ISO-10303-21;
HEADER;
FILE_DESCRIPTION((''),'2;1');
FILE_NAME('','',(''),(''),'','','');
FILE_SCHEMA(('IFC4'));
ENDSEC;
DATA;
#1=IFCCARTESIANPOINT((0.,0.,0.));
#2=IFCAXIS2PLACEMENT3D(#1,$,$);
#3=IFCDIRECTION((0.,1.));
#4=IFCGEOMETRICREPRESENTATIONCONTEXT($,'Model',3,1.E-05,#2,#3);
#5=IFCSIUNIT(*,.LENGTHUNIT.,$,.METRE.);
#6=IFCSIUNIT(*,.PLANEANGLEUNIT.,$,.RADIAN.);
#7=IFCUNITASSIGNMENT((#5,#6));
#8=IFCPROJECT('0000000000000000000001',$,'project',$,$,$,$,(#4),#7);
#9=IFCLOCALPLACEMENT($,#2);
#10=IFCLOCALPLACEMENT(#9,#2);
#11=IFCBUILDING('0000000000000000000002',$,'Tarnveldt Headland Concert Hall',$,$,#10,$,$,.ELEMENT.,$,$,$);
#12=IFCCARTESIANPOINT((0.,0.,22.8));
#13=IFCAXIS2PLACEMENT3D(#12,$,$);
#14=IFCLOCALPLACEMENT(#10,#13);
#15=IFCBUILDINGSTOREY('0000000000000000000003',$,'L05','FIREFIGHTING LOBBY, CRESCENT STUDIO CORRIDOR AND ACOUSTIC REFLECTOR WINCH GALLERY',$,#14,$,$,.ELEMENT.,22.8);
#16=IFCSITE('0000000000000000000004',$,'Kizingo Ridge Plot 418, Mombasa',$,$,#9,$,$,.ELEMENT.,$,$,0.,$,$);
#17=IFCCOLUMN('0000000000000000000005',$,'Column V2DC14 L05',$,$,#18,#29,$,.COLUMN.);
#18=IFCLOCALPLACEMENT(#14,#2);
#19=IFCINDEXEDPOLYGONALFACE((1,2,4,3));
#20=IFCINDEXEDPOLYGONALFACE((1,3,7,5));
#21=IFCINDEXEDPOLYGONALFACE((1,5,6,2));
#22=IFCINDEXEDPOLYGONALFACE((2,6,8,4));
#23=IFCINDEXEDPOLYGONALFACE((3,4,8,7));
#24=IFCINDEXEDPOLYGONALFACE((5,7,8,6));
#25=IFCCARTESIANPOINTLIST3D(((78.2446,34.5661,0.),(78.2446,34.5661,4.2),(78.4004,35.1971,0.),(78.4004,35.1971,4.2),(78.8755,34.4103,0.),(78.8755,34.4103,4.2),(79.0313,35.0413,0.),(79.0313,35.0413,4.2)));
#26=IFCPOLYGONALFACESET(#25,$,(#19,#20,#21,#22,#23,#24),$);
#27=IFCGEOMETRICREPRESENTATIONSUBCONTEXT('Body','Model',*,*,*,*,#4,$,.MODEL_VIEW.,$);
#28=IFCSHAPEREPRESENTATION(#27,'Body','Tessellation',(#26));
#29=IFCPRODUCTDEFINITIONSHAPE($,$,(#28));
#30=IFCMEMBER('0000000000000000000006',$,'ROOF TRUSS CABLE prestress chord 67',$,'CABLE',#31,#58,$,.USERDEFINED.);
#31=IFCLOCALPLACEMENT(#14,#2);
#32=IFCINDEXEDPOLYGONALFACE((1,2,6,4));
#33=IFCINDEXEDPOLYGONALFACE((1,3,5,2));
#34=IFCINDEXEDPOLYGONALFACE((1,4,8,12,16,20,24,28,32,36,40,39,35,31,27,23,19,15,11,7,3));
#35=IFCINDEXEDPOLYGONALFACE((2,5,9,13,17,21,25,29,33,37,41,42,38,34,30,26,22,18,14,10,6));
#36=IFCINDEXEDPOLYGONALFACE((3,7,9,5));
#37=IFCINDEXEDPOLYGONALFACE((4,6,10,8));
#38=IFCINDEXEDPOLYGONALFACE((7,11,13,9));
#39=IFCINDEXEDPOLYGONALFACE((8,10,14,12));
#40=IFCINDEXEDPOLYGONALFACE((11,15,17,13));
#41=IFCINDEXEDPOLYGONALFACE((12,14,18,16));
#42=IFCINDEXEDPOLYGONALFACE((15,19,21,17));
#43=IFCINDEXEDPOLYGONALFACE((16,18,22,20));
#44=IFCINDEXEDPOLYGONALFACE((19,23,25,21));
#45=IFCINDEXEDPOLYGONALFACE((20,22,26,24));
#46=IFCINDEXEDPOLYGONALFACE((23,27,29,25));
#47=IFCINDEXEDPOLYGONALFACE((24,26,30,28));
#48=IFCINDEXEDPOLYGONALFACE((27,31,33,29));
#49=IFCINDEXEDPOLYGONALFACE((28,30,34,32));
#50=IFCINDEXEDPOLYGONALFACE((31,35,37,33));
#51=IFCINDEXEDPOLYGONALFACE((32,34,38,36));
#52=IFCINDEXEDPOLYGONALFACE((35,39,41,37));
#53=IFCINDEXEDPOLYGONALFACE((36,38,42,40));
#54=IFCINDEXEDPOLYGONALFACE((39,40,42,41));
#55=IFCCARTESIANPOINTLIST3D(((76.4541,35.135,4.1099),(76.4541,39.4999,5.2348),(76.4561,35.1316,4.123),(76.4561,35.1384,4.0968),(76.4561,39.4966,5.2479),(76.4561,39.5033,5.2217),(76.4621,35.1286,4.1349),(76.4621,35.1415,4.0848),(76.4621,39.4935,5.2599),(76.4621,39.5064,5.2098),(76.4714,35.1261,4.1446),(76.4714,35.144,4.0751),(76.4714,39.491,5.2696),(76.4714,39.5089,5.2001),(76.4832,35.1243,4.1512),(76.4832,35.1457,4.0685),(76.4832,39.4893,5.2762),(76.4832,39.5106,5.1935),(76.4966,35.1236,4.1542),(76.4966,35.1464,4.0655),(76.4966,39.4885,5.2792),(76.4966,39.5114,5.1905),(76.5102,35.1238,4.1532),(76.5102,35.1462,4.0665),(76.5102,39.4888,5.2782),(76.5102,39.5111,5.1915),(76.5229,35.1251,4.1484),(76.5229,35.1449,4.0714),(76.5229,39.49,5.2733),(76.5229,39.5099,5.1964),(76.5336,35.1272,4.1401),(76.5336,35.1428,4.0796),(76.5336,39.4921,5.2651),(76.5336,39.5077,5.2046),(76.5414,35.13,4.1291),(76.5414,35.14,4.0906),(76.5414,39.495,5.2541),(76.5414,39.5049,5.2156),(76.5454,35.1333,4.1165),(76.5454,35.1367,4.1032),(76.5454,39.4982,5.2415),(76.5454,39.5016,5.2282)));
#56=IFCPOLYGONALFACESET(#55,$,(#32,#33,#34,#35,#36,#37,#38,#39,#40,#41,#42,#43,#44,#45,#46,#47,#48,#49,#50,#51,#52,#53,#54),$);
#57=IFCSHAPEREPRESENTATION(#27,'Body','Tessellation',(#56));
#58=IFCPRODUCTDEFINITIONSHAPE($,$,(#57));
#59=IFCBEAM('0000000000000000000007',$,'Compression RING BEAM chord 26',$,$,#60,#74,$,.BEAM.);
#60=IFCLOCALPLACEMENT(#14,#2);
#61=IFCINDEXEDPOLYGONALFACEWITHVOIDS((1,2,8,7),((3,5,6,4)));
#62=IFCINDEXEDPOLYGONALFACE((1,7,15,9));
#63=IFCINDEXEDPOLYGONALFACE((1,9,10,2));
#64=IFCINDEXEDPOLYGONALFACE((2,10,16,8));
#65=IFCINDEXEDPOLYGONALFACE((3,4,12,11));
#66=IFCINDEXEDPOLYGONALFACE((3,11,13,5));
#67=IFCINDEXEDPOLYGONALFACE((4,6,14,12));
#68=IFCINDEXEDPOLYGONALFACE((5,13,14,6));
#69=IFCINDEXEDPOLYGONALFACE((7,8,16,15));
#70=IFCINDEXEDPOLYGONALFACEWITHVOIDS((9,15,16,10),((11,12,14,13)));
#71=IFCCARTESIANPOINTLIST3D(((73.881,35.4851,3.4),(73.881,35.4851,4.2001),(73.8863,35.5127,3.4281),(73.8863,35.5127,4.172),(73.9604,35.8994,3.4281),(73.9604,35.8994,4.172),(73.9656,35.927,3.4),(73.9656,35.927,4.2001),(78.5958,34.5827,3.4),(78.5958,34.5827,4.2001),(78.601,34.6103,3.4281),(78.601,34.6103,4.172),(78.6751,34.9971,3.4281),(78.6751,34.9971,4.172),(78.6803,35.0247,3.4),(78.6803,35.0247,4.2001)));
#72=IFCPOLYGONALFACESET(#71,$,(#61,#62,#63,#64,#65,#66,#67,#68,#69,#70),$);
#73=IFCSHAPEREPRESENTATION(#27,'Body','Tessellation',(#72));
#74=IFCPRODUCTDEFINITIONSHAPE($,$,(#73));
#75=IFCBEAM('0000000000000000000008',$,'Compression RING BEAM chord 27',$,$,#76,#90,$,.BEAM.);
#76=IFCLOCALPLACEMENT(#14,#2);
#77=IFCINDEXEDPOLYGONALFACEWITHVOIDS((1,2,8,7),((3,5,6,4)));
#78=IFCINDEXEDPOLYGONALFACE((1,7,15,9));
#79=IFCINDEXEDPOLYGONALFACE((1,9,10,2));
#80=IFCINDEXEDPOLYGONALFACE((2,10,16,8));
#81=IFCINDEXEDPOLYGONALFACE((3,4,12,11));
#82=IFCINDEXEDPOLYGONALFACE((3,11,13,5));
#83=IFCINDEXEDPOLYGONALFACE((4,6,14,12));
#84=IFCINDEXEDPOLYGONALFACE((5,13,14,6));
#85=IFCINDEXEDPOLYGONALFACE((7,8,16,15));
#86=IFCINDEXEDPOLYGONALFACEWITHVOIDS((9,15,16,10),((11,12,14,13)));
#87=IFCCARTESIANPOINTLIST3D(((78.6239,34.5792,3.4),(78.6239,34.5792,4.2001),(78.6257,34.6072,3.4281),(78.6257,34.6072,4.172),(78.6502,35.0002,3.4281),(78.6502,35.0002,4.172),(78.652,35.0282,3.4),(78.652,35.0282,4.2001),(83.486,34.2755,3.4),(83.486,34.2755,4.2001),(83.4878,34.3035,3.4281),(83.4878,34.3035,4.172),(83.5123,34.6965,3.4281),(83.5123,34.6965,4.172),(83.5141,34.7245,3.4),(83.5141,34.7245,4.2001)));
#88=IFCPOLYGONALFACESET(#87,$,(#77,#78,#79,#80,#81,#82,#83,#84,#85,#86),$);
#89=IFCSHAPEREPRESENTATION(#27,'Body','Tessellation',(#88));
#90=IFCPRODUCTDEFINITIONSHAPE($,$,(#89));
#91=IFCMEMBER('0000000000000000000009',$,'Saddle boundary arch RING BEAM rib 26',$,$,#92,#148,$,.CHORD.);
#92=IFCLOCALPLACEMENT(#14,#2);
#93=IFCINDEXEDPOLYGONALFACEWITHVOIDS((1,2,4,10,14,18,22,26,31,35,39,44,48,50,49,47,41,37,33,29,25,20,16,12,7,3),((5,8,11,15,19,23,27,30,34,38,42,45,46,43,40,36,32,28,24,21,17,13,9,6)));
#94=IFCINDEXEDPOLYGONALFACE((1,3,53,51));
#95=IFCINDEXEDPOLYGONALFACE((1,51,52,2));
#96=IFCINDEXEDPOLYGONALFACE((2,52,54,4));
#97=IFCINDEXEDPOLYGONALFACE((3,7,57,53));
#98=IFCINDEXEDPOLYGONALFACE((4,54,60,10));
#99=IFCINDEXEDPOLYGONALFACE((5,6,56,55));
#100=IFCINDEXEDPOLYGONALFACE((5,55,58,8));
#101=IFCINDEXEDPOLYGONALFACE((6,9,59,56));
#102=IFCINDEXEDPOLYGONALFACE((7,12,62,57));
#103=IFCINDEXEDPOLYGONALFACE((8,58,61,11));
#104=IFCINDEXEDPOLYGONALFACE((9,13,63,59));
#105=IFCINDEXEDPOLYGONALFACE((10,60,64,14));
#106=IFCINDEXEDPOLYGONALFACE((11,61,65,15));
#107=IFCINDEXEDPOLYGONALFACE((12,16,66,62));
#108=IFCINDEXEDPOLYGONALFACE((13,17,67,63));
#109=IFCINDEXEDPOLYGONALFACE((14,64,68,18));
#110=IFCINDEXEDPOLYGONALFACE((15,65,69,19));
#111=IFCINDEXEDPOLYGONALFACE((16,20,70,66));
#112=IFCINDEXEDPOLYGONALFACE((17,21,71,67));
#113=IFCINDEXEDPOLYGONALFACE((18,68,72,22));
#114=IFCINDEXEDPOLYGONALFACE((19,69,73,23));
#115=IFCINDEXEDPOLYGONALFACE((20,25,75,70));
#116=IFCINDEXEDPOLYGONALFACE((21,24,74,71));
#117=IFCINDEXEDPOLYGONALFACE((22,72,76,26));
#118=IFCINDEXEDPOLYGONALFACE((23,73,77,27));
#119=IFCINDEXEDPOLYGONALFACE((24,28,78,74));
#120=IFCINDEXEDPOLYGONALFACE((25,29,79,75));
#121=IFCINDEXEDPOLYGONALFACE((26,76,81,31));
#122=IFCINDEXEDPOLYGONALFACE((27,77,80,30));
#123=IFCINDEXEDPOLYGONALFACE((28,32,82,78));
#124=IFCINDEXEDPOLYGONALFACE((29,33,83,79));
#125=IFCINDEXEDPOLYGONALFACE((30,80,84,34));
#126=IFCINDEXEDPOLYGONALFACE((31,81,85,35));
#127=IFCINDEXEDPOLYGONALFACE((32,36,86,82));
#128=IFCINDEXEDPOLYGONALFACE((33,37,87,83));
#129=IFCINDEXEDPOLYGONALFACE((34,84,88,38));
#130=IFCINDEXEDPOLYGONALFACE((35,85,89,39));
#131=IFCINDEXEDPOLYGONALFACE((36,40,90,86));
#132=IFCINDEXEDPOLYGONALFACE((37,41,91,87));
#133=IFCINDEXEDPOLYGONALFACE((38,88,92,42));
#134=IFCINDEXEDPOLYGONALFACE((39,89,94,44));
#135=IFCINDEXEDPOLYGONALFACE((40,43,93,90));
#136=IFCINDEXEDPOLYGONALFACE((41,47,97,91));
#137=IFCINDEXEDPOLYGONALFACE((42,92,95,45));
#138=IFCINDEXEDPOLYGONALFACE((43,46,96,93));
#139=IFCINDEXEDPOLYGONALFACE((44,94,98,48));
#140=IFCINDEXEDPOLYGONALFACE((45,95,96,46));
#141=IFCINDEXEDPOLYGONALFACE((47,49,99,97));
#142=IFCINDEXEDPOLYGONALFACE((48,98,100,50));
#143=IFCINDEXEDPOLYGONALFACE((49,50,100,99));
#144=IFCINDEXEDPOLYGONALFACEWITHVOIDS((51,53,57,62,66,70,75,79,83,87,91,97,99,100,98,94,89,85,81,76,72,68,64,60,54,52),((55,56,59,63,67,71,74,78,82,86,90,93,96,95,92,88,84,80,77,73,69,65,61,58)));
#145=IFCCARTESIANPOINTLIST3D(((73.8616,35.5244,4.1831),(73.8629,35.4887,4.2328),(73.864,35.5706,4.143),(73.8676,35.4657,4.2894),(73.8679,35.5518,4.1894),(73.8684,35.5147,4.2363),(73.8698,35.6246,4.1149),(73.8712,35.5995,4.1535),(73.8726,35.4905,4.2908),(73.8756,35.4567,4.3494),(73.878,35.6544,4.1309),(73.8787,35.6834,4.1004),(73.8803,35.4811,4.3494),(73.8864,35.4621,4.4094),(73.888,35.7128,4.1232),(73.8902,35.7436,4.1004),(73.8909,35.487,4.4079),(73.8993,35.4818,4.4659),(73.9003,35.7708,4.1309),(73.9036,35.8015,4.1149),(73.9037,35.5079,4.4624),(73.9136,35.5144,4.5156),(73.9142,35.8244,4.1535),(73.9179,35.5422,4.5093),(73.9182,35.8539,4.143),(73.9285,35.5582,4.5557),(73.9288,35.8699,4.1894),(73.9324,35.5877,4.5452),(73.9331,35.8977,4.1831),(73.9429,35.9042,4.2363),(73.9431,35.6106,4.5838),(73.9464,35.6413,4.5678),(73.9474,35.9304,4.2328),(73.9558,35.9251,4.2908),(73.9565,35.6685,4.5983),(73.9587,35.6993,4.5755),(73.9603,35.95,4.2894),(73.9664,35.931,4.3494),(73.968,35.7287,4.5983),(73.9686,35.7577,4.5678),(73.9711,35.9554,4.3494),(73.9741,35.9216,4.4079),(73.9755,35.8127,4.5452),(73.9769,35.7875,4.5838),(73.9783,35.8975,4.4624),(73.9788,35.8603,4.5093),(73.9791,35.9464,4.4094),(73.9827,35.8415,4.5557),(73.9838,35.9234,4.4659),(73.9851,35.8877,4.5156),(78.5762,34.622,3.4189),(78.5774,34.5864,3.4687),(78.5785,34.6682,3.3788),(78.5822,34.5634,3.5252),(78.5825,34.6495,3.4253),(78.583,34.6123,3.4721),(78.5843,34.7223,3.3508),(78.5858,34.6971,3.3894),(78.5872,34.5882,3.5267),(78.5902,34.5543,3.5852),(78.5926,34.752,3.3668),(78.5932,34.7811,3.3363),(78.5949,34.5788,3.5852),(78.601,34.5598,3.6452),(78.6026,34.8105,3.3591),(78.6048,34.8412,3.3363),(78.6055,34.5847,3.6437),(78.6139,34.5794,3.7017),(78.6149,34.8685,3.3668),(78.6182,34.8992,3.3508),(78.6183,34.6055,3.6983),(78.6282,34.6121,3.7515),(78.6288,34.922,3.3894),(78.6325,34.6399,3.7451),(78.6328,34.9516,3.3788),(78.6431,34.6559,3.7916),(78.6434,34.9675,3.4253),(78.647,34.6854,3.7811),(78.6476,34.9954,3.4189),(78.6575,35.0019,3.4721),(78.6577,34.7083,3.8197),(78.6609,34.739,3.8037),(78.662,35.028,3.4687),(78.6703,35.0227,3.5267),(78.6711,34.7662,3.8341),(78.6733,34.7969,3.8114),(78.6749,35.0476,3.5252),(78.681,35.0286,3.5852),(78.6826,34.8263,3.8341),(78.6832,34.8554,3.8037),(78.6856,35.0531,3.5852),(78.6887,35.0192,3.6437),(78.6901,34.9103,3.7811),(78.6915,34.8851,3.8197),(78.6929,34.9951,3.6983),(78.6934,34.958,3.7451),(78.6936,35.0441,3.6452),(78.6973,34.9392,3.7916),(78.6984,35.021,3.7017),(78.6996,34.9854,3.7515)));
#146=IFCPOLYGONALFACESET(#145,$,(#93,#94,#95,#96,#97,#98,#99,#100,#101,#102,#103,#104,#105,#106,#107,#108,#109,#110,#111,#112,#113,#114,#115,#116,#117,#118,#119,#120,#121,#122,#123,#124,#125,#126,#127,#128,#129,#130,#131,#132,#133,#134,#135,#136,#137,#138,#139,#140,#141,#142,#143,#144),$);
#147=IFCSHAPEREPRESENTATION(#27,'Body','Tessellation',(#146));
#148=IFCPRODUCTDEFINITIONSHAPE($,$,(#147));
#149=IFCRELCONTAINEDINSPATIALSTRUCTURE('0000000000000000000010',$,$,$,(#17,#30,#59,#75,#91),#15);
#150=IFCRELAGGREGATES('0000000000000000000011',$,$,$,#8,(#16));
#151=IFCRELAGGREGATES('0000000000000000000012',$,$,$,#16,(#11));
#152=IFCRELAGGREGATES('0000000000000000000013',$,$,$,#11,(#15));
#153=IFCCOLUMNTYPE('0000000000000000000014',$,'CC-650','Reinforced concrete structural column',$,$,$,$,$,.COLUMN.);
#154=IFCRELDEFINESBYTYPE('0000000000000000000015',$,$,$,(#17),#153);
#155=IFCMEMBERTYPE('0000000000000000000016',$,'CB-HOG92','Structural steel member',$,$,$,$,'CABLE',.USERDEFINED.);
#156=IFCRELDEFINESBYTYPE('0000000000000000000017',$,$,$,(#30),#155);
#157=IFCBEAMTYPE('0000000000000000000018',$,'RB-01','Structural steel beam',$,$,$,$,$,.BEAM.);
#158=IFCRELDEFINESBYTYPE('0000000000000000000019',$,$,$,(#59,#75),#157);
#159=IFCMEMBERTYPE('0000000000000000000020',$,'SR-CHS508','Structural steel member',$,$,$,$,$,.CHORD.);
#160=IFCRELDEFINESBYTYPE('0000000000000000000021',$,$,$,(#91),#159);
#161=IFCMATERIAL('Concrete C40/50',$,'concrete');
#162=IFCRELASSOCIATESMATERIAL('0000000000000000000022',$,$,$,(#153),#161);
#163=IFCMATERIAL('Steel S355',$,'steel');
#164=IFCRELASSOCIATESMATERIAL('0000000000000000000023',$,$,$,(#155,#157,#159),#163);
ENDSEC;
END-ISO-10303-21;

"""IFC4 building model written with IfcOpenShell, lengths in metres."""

from ifc_helpers import new_model, si_unit, direction, frame, origin, origin_2d, place, context, subcontext, project, spatial, rectangle, hollow_rectangle, circle, hollow_circle, extrude, material, material_profile, profile_set, type_object, element, save


model = new_model("IFC4")

# Units and contexts
model_context = context("Model", 3, precision=1e-05, world=origin(), true_north=direction((0.0, 1.0)))
body_context = subcontext(model_context, "Body", "Model", "MODEL_VIEW")
ifc_project = project(units=[si_unit("LENGTHUNIT", "METRE"), si_unit("PLANEANGLEUNIT", "RADIAN")], contexts=[model_context])

# Site, building, storey
site_placement = place(None, origin())
site = spatial("IfcSite", under=ifc_project, at=site_placement, Name="Kizingo Ridge Plot 418, Mombasa", CompositionType="ELEMENT", RefElevation=0.0)
building_placement = place(site_placement, origin())
building = spatial("IfcBuilding", under=site, at=building_placement, Name="Tarnveldt Headland Concert Hall", CompositionType="ELEMENT")
storey_placement = place(building_placement, frame((0.0, 0.0, 22.8)))
storey = spatial("IfcBuildingStorey", under=building, at=storey_placement, Name="L05", Description="FIREFIGHTING LOBBY, CRESCENT STUDIO CORRIDOR AND ACOUSTIC REFLECTOR WINCH GALLERY", CompositionType="ELEMENT", Elevation=22.8)

# Column
ifc_material_1 = material(Name="Concrete C40/50", Category="concrete")
ifc_material_profile_1 = material_profile(ifc_material_1, rectangle(XDim=0.6499, YDim=0.6499, at=origin_2d()), Name="RC 650x650", Category="concrete")
ifc_profile_set_1 = profile_set([ifc_material_profile_1], Name="Concrete C40/50")
column_type = type_object("IfcColumnType", Name="CC-650", Description="Reinforced concrete structural column", PredefinedType="COLUMN", material=ifc_profile_set_1)
column_placement = place(storey_placement, frame((78.6379, 34.8037, 0.0), z_axis=(0.0, 0.0, 1.0), x_axis=(-0.23972, -0.970842, 0.0)))
element("IfcColumn", 1, at=column_placement, inside=storey, type_object=column_type, Name="Column V2DC14 L05", PredefinedType="COLUMN", context=body_context, shape_type="SweptSolid", body=[
    extrude(rectangle(XDim=0.6499, YDim=0.6499, at=origin_2d()), origin(), (0.0, 0.0, 1.0), 4.2),
])

# Member
ifc_material_2 = material(Name="Steel S355", Category="steel")
ifc_material_profile_2 = material_profile(ifc_material_2, circle(Radius=0.0459, at=origin_2d()), Name="LC D92", Category="steel")
ifc_profile_set_2 = profile_set([ifc_material_profile_2], Name="Steel S355")
member_type_1 = type_object("IfcMemberType", Name="CB-HOG92", Description="Structural steel member", ElementType="CABLE", PredefinedType="USERDEFINED", material=ifc_profile_set_2)
member_1_placement = place(storey_placement, frame((76.5, 35.135, 4.1099), z_axis=(0.0, 0.968355, 0.249577), x_axis=(-1.0, 0.0, 0.0)))
element("IfcMember", 2, at=member_1_placement, inside=storey, type_object=member_type_1, Name="ROOF TRUSS CABLE prestress chord 67", ObjectType="CABLE", PredefinedType="USERDEFINED", context=body_context, shape_type="SweptSolid", body=[
    extrude(circle(Radius=0.0459, at=origin_2d()), origin(), (0.0, 0.0, 1.0), 4.5076),
])

# Beams
ifc_material_profile_3 = material_profile(ifc_material_2, hollow_rectangle(XDim=0.45, YDim=0.8, WallThickness=0.0281, at=origin_2d()), Name="RHS 800x450x28", Category="steel")
ifc_profile_set_3 = profile_set([ifc_material_profile_3], Name="Steel S355")
beam_type = type_object("IfcBeamType", Name="RB-01", Description="Structural steel beam", PredefinedType="BEAM", material=ifc_profile_set_3)
beam_1_placement = place(storey_placement, frame((73.9233, 35.7061, 3.8), z_axis=(0.982173, -0.187981, 0.0), x_axis=(0.187981, 0.982173, 0.0)))
element("IfcBeam", 3, at=beam_1_placement, inside=storey, type_object=beam_type, Name="Compression RING BEAM chord 26", PredefinedType="BEAM", context=body_context, shape_type="SweptSolid", body=[
    extrude(hollow_rectangle(XDim=0.45, YDim=0.8, WallThickness=0.0281, at=origin_2d()), origin(), (0.0, 0.0, 1.0), 4.8003),
])
beam_2_placement = place(storey_placement, frame((78.6379, 34.8037, 3.8), z_axis=(0.998055, -0.062344, 0.0), x_axis=(0.062344, 0.998055, 0.0)))
element("IfcBeam", 4, at=beam_2_placement, inside=storey, type_object=beam_type, Name="Compression RING BEAM chord 27", PredefinedType="BEAM", context=body_context, shape_type="SweptSolid", body=[
    extrude(hollow_rectangle(XDim=0.45, YDim=0.8, WallThickness=0.0281, at=origin_2d()), origin(), (0.0, 0.0, 1.0), 4.8716),
])

# Member
ifc_material_profile_4 = material_profile(ifc_material_2, hollow_circle(Radius=0.2539, WallThickness=0.0249, at=origin_2d()), Name="CHS 508x25", Category="steel")
ifc_profile_set_4 = profile_set([ifc_material_profile_4], Name="Steel S355")
member_type_2 = type_object("IfcMemberType", Name="SR-CHS508", Description="Structural steel member", PredefinedType="CHORD", material=ifc_profile_set_4)
member_2_placement = place(storey_placement, frame((73.9233, 35.7061, 4.3494), z_axis=(0.969959, -0.185644, -0.157215), x_axis=(0.187981, 0.982173, 0.0)))
element("IfcMember", 5, at=member_2_placement, inside=storey, type_object=member_type_2, Name="Saddle boundary arch RING BEAM rib 26", PredefinedType="CHORD", context=body_context, shape_type="SweptSolid", body=[
    extrude(hollow_circle(Radius=0.2539, WallThickness=0.0249, at=origin_2d()), origin(), (0.0, 0.0, 1.0), 4.8606),
])

save(model, "model.ifc")
